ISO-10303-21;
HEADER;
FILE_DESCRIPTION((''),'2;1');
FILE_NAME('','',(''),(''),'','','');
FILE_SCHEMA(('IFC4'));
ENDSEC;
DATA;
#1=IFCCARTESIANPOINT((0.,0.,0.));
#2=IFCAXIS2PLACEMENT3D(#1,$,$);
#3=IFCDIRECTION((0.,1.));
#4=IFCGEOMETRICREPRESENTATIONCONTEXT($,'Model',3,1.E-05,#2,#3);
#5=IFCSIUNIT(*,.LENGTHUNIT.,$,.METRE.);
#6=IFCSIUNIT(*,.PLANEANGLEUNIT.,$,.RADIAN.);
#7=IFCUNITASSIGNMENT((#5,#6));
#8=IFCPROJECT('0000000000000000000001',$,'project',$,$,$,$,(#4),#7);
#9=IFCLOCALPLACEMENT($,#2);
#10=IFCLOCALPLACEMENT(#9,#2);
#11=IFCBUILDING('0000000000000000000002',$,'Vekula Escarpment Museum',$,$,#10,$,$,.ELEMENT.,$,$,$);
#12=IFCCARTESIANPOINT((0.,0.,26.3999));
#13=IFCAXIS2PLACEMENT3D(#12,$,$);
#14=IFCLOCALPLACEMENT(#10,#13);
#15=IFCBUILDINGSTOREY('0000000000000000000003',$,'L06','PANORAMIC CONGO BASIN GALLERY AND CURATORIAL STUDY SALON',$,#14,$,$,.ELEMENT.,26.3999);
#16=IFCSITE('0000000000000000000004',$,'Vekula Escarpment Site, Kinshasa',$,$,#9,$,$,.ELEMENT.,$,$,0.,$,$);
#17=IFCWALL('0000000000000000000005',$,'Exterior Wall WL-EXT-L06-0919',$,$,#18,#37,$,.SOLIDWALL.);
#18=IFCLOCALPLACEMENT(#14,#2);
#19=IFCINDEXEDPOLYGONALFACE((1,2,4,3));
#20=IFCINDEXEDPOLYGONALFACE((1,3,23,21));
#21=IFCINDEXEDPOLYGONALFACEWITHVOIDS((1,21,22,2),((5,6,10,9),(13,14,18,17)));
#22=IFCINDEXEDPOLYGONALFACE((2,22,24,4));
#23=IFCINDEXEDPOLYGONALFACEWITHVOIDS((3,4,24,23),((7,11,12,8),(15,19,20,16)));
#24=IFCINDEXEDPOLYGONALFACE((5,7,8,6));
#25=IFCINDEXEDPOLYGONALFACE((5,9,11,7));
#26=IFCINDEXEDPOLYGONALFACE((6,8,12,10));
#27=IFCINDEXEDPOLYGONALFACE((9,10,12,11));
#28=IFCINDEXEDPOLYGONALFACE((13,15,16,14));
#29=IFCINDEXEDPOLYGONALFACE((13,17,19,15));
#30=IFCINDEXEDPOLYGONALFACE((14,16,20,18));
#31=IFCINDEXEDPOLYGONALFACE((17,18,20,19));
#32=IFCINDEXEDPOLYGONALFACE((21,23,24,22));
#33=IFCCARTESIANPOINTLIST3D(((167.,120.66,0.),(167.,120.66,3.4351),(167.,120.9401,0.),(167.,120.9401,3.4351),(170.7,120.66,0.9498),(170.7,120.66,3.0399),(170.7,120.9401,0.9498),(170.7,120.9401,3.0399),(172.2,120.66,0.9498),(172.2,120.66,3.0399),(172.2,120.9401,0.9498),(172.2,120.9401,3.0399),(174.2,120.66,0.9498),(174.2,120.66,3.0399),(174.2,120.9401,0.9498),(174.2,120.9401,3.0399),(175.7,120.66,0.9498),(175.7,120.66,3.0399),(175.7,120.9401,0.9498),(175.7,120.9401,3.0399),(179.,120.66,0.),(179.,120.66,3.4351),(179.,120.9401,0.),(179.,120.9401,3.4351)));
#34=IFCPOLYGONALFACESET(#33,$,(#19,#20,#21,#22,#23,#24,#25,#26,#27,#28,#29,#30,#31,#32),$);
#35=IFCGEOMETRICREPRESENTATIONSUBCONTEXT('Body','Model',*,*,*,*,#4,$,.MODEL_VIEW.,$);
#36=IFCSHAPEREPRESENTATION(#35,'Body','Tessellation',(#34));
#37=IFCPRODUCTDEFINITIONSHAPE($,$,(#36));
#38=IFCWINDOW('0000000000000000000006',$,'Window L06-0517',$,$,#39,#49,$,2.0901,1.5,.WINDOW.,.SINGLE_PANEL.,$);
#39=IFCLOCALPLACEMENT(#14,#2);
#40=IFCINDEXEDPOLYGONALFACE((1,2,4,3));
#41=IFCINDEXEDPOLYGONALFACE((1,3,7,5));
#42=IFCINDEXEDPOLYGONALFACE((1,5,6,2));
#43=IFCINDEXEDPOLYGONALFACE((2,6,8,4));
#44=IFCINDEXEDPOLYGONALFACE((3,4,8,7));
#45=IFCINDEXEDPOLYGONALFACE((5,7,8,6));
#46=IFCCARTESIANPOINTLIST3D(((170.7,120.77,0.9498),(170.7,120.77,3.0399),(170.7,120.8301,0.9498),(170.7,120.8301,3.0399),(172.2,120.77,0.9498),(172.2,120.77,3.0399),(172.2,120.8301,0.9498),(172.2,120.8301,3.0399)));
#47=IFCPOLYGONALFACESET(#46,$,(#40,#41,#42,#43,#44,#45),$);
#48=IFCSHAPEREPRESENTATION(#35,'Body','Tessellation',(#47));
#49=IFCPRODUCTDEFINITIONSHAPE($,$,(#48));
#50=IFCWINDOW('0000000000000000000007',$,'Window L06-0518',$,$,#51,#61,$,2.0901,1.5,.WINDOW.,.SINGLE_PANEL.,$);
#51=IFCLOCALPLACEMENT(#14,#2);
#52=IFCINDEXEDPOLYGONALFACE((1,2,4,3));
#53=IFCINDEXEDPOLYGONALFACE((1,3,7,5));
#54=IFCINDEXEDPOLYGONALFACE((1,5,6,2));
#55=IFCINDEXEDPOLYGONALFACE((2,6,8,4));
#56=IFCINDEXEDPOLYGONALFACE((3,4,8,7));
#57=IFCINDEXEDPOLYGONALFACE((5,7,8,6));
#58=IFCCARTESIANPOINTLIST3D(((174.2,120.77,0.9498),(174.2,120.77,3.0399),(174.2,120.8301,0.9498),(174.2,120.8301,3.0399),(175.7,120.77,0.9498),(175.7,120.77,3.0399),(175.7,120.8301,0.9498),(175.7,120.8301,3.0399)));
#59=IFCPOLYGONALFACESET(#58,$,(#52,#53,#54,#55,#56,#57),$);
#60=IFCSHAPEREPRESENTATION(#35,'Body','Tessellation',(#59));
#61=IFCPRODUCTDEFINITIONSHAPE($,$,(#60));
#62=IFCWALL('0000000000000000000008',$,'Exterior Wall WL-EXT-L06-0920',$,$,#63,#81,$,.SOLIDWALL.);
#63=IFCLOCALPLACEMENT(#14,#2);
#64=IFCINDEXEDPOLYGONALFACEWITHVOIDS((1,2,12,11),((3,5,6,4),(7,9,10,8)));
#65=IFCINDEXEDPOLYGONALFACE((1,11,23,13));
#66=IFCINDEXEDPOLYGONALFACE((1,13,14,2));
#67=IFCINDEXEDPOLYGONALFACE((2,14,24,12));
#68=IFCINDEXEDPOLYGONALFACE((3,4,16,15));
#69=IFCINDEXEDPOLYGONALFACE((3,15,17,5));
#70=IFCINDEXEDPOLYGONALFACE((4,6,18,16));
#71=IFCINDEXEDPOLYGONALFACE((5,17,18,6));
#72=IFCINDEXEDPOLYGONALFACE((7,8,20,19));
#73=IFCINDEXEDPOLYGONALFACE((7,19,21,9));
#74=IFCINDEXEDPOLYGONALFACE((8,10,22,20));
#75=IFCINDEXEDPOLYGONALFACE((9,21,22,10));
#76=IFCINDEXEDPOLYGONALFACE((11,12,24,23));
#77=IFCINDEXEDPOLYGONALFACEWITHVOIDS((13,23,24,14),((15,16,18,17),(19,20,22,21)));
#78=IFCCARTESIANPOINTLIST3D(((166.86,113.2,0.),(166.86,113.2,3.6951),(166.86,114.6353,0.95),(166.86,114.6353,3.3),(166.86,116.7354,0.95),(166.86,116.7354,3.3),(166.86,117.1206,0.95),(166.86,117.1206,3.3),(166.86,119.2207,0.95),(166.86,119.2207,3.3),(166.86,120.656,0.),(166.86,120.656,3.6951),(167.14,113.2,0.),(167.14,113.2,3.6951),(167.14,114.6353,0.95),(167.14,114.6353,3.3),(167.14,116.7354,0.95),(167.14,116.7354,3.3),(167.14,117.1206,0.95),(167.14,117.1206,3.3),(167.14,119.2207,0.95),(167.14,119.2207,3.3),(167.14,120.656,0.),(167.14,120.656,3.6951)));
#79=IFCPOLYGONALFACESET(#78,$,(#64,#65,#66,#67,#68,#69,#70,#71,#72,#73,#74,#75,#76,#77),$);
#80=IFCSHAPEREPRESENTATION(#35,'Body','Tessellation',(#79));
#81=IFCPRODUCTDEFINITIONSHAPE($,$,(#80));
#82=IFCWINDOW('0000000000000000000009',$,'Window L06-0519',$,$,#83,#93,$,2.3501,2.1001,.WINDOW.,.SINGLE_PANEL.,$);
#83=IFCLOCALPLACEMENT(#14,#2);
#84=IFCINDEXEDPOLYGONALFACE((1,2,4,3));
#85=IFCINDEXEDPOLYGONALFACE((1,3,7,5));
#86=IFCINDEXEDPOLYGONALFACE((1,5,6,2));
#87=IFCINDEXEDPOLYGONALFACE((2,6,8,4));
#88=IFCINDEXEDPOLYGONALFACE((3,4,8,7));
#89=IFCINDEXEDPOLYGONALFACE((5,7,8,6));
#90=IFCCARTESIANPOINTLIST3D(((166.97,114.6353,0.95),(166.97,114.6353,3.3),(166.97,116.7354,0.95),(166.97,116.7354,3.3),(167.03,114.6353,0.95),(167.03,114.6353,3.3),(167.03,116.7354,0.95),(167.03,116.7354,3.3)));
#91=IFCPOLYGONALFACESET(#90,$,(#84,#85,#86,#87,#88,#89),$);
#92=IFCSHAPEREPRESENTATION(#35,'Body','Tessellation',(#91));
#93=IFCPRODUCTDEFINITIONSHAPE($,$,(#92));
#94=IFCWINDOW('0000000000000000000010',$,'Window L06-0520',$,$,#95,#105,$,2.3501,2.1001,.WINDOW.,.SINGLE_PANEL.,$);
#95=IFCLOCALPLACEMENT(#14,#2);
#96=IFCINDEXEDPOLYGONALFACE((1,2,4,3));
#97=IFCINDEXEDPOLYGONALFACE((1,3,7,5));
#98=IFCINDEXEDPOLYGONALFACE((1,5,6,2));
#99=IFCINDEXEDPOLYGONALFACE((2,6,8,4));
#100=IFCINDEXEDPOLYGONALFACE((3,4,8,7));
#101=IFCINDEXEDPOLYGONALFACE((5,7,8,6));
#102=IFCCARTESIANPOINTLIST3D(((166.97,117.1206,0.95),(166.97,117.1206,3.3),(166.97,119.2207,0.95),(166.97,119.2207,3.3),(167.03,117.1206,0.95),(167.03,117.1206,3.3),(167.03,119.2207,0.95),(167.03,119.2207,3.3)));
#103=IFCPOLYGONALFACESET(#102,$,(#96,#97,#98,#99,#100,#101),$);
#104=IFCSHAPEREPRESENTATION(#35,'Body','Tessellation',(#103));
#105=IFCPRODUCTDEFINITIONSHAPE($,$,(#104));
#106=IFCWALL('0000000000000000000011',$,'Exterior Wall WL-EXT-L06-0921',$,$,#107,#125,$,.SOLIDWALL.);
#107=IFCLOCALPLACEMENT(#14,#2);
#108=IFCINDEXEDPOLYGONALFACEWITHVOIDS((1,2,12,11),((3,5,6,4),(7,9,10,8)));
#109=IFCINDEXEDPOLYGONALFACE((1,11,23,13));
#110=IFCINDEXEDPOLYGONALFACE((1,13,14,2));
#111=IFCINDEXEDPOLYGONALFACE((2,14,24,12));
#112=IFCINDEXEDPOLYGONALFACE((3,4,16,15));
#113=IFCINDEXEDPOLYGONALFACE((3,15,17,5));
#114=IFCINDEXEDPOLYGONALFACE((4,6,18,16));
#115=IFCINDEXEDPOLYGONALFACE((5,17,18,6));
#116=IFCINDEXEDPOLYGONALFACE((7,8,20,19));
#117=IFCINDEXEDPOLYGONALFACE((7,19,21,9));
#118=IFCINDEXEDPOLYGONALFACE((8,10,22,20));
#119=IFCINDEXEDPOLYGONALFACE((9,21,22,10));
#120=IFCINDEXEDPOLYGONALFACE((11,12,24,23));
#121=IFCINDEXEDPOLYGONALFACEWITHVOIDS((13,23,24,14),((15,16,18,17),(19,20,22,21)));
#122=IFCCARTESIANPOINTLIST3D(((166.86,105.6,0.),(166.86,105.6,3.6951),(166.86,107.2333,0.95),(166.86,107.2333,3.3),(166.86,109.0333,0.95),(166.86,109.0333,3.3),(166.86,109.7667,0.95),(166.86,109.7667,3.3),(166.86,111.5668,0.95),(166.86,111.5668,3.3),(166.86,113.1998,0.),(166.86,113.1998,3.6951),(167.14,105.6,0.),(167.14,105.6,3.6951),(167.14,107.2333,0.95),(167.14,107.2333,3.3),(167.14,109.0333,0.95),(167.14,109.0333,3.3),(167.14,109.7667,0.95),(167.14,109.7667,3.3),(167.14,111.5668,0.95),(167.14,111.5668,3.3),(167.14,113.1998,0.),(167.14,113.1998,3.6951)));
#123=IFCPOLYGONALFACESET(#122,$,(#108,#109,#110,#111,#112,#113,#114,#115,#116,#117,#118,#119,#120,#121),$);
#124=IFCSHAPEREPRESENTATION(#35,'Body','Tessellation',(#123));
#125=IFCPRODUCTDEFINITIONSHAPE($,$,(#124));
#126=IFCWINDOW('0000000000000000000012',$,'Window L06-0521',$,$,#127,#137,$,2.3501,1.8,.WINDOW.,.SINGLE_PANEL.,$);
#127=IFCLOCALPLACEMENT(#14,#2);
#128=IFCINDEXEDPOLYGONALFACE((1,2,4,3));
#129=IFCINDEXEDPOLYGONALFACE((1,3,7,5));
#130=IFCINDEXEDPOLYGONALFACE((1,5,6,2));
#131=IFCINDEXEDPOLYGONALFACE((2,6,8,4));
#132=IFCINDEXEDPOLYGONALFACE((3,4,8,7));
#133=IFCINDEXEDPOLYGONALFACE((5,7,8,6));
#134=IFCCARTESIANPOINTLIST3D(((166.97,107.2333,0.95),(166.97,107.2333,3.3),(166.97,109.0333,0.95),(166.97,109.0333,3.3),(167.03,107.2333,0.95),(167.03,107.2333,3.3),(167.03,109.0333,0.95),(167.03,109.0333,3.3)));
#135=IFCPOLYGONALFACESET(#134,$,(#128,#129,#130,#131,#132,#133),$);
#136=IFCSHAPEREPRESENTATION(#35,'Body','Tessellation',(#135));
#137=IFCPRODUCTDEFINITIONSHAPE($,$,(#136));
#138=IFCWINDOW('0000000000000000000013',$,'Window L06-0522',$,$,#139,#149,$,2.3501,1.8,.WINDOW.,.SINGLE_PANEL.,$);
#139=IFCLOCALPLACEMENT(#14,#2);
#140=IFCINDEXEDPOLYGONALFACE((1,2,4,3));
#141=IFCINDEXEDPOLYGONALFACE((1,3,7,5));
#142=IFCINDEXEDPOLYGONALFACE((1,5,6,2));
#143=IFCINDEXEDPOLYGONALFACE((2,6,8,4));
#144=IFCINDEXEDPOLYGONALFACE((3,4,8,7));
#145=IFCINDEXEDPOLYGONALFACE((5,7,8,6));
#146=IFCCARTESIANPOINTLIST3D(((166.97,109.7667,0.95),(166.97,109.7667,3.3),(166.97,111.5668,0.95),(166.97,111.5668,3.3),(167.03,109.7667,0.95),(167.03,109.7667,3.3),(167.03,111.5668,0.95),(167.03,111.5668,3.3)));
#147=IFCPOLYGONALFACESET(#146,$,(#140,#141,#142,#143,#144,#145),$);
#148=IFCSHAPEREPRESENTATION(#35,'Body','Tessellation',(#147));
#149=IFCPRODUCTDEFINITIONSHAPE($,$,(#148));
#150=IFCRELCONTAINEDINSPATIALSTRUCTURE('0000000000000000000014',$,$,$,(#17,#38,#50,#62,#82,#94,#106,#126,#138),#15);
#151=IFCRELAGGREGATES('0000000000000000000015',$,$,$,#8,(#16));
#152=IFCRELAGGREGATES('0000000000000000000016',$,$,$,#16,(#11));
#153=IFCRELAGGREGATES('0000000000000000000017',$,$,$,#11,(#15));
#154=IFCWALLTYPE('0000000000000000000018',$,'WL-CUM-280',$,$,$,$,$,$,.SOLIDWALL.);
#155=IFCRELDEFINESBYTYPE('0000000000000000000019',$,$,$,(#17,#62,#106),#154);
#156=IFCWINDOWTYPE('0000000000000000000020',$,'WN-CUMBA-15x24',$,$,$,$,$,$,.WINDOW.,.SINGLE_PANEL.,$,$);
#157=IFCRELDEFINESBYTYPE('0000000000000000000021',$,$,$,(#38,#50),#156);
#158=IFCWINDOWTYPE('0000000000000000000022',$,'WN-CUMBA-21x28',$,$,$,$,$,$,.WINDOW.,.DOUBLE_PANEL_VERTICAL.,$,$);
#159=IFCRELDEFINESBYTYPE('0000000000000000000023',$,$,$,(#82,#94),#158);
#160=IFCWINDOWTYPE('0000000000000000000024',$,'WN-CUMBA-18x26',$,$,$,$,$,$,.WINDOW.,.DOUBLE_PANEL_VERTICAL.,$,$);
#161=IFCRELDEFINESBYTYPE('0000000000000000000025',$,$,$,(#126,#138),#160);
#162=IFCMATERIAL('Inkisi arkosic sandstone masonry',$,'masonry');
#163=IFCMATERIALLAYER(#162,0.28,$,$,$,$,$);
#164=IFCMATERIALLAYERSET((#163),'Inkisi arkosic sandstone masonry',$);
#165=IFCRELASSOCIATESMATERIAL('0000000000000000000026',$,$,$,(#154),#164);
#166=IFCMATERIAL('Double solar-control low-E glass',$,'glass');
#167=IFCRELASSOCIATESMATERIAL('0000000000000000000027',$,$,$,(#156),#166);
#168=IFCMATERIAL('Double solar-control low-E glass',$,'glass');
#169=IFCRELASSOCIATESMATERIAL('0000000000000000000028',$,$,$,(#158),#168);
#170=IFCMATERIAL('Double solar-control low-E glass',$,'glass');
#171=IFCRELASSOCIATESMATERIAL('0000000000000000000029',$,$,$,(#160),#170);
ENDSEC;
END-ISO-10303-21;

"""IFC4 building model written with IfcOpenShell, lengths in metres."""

from ifc_helpers import new_model, si_unit, direction, frame, frame_2d, origin, place, context, subcontext, project, spatial, rectangle, extrude, material, layer, layer_set, type_object, element, fill, save


model = new_model("IFC4")

# Units and contexts
model_context = context("Model", 3, precision=1e-05, world=origin(), true_north=direction((0.0, 1.0)))
body_context = subcontext(model_context, "Body", "Model", "MODEL_VIEW")
ifc_project = project(units=[si_unit("LENGTHUNIT", "METRE"), si_unit("PLANEANGLEUNIT", "RADIAN")], contexts=[model_context])

# Site, building, storey
site_placement = place(None, origin())
site = spatial("IfcSite", under=ifc_project, at=site_placement, Name="Vekula Escarpment Site, Kinshasa", CompositionType="ELEMENT", RefElevation=0.0)
building_placement = place(site_placement, origin())
building = spatial("IfcBuilding", under=site, at=building_placement, Name="Vekula Escarpment Museum", CompositionType="ELEMENT")
storey_placement = place(building_placement, frame((0.0, 0.0, 26.3999)))
storey = spatial("IfcBuildingStorey", under=building, at=storey_placement, Name="L06", Description="PANORAMIC CONGO BASIN GALLERY AND CURATORIAL STUDY SALON", CompositionType="ELEMENT", Elevation=26.3999)

# Walls, openings, windows
ifc_material_1 = material(Name="Inkisi arkosic sandstone masonry", Category="masonry")
ifc_layer = layer(ifc_material_1, 0.28)
ifc_layer_set = layer_set([ifc_layer], Name="Inkisi arkosic sandstone masonry")
wall_type = type_object("IfcWallType", Name="WL-CUM-280", PredefinedType="SOLIDWALL", material=ifc_layer_set)
wall_1_placement = place(storey_placement, frame((167.0, 120.8, 0.0), z_axis=(0.0, 0.0, 1.0), x_axis=(1.0, 0.0, 0.0)))
wall_1 = element("IfcWall", 1, at=wall_1_placement, inside=storey, type_object=wall_type, Name="Exterior Wall WL-EXT-L06-0919", PredefinedType="SOLIDWALL", context=body_context, shape_type="SweptSolid", body=[
    extrude(rectangle(XDim=12.0, YDim=0.28, at=frame_2d((6.0, 0.0))), origin(), (0.0, 0.0, 1.0), 3.4351),
])
opening_1_placement = place(wall_1_placement, frame((3.7, 0.0, 0.95)))
opening_1 = element("IfcOpeningElement", 2, at=opening_1_placement, cuts=wall_1, PredefinedType="OPENING", context=body_context, shape_type="SweptSolid", body=[
    extrude(rectangle(XDim=1.5, YDim=2.0901, at=frame_2d((0.75, 1.0449))), frame((0.0, 0.1499, 0.0), z_axis=(0.0, -1.0, 0.0), x_axis=(1.0, 0.0, 0.0)), (0.0, 0.0, 1.0), 0.3),
])
opening_2_placement = place(wall_1_placement, frame((7.2, 0.0, 0.95)))
opening_2 = element("IfcOpeningElement", 3, at=opening_2_placement, cuts=wall_1, PredefinedType="OPENING", context=body_context, shape_type="SweptSolid", body=[
    extrude(rectangle(XDim=1.5, YDim=2.0901, at=frame_2d((0.75, 1.0449))), frame((0.0, 0.1499, 0.0), z_axis=(0.0, -1.0, 0.0), x_axis=(1.0, 0.0, 0.0)), (0.0, 0.0, 1.0), 0.3),
])
ifc_material_2 = material(Name="Double solar-control low-E glass", Category="glass")
window_type_1 = type_object("IfcWindowType", Name="WN-CUMBA-15x24", PartitioningType="SINGLE_PANEL", PredefinedType="WINDOW", material=ifc_material_2)
window_1_placement = place(opening_1_placement, origin())
window_1 = element("IfcWindow", 4, at=window_1_placement, inside=storey, type_object=window_type_1, Name="Window L06-0517", OverallHeight=2.0901, OverallWidth=1.5, PartitioningType="SINGLE_PANEL", PredefinedType="WINDOW", context=body_context, shape_type="SweptSolid", body=[
    extrude(rectangle(XDim=1.5, YDim=2.0901, at=frame_2d((0.75, 1.0449))), frame((0.0, 0.03, 0.0), z_axis=(0.0, -1.0, 0.0), x_axis=(1.0, 0.0, 0.0)), (0.0, 0.0, 1.0), 0.0601),
])
fill(opening_1, window_1)
window_2_placement = place(opening_2_placement, origin())
window_2 = element("IfcWindow", 5, at=window_2_placement, inside=storey, type_object=window_type_1, Name="Window L06-0518", OverallHeight=2.0901, OverallWidth=1.5, PartitioningType="SINGLE_PANEL", PredefinedType="WINDOW", context=body_context, shape_type="SweptSolid", body=[
    extrude(rectangle(XDim=1.5, YDim=2.0901, at=frame_2d((0.75, 1.0449))), frame((0.0, 0.03, 0.0), z_axis=(0.0, -1.0, 0.0), x_axis=(1.0, 0.0, 0.0)), (0.0, 0.0, 1.0), 0.0601),
])
fill(opening_2, window_2)
wall_2_placement = place(storey_placement, frame((167.0, 113.2, 0.0), z_axis=(0.0, 0.0, 1.0), x_axis=(0.0, 1.0, 0.0)))
wall_2 = element("IfcWall", 6, at=wall_2_placement, inside=storey, type_object=wall_type, Name="Exterior Wall WL-EXT-L06-0920", PredefinedType="SOLIDWALL", context=body_context, shape_type="SweptSolid", body=[
    extrude(rectangle(XDim=7.4561, YDim=0.28, at=frame_2d((3.728, 0.0))), origin(), (0.0, 0.0, 1.0), 3.6951),
])
opening_3_placement = place(wall_2_placement, frame((1.4353, 0.0, 0.95)))
opening_3 = element("IfcOpeningElement", 7, at=opening_3_placement, cuts=wall_2, PredefinedType="OPENING", context=body_context, shape_type="SweptSolid", body=[
    extrude(rectangle(XDim=2.1001, YDim=2.3501, at=frame_2d((1.05, 1.175))), frame((0.0, 0.1499, 0.0), z_axis=(0.0, -1.0, 0.0), x_axis=(1.0, 0.0, 0.0)), (0.0, 0.0, 1.0), 0.3),
])
opening_4_placement = place(wall_2_placement, frame((3.9207, 0.0, 0.95)))
opening_4 = element("IfcOpeningElement", 8, at=opening_4_placement, cuts=wall_2, PredefinedType="OPENING", context=body_context, shape_type="SweptSolid", body=[
    extrude(rectangle(XDim=2.1001, YDim=2.3501, at=frame_2d((1.05, 1.175))), frame((0.0, 0.1499, 0.0), z_axis=(0.0, -1.0, 0.0), x_axis=(1.0, 0.0, 0.0)), (0.0, 0.0, 1.0), 0.3),
])
ifc_material_3 = material(Name="Double solar-control low-E glass", Category="glass")
window_type_2 = type_object("IfcWindowType", Name="WN-CUMBA-21x28", PartitioningType="DOUBLE_PANEL_VERTICAL", PredefinedType="WINDOW", material=ifc_material_3)
window_3_placement = place(opening_3_placement, origin())
window_3 = element("IfcWindow", 9, at=window_3_placement, inside=storey, type_object=window_type_2, Name="Window L06-0519", OverallHeight=2.3501, OverallWidth=2.1001, PartitioningType="SINGLE_PANEL", PredefinedType="WINDOW", context=body_context, shape_type="SweptSolid", body=[
    extrude(rectangle(XDim=2.1001, YDim=2.3501, at=frame_2d((1.05, 1.175))), frame((0.0, 0.03, 0.0), z_axis=(0.0, -1.0, 0.0), x_axis=(1.0, 0.0, 0.0)), (0.0, 0.0, 1.0), 0.0601),
])
fill(opening_3, window_3)
window_4_placement = place(opening_4_placement, origin())
window_4 = element("IfcWindow", 10, at=window_4_placement, inside=storey, type_object=window_type_2, Name="Window L06-0520", OverallHeight=2.3501, OverallWidth=2.1001, PartitioningType="SINGLE_PANEL", PredefinedType="WINDOW", context=body_context, shape_type="SweptSolid", body=[
    extrude(rectangle(XDim=2.1001, YDim=2.3501, at=frame_2d((1.05, 1.175))), frame((0.0, 0.03, 0.0), z_axis=(0.0, -1.0, 0.0), x_axis=(1.0, 0.0, 0.0)), (0.0, 0.0, 1.0), 0.0601),
])
fill(opening_4, window_4)
wall_3_placement = place(storey_placement, frame((167.0, 105.6001, 0.0), z_axis=(0.0, 0.0, 1.0), x_axis=(0.0, 1.0, 0.0)))
wall_3 = element("IfcWall", 11, at=wall_3_placement, inside=storey, type_object=wall_type, Name="Exterior Wall WL-EXT-L06-0921", PredefinedType="SOLIDWALL", context=body_context, shape_type="SweptSolid", body=[
    extrude(rectangle(XDim=7.5999, YDim=0.28, at=frame_2d((3.7998, 0.0))), origin(), (0.0, 0.0, 1.0), 3.6951),
])
opening_5_placement = place(wall_3_placement, frame((1.6333, 0.0, 0.95)))
opening_5 = element("IfcOpeningElement", 12, at=opening_5_placement, cuts=wall_3, PredefinedType="OPENING", context=body_context, shape_type="SweptSolid", body=[
    extrude(rectangle(XDim=1.8, YDim=2.3501, at=frame_2d((0.8999, 1.175))), frame((0.0, 0.1499, 0.0), z_axis=(0.0, -1.0, 0.0), x_axis=(1.0, 0.0, 0.0)), (0.0, 0.0, 1.0), 0.3),
])
opening_6_placement = place(wall_3_placement, frame((4.1667, 0.0, 0.95)))
opening_6 = element("IfcOpeningElement", 13, at=opening_6_placement, cuts=wall_3, PredefinedType="OPENING", context=body_context, shape_type="SweptSolid", body=[
    extrude(rectangle(XDim=1.8, YDim=2.3501, at=frame_2d((0.8999, 1.175))), frame((0.0, 0.1499, 0.0), z_axis=(0.0, -1.0, 0.0), x_axis=(1.0, 0.0, 0.0)), (0.0, 0.0, 1.0), 0.3),
])
ifc_material_4 = material(Name="Double solar-control low-E glass", Category="glass")
window_type_3 = type_object("IfcWindowType", Name="WN-CUMBA-18x26", PartitioningType="DOUBLE_PANEL_VERTICAL", PredefinedType="WINDOW", material=ifc_material_4)
window_5_placement = place(opening_5_placement, origin())
window_5 = element("IfcWindow", 14, at=window_5_placement, inside=storey, type_object=window_type_3, Name="Window L06-0521", OverallHeight=2.3501, OverallWidth=1.8, PartitioningType="SINGLE_PANEL", PredefinedType="WINDOW", context=body_context, shape_type="SweptSolid", body=[
    extrude(rectangle(XDim=1.8, YDim=2.3501, at=frame_2d((0.8999, 1.175))), frame((0.0, 0.03, 0.0), z_axis=(0.0, -1.0, 0.0), x_axis=(1.0, 0.0, 0.0)), (0.0, 0.0, 1.0), 0.0601),
])
fill(opening_5, window_5)
window_6_placement = place(opening_6_placement, origin())
window_6 = element("IfcWindow", 15, at=window_6_placement, inside=storey, type_object=window_type_3, Name="Window L06-0522", OverallHeight=2.3501, OverallWidth=1.8, PartitioningType="SINGLE_PANEL", PredefinedType="WINDOW", context=body_context, shape_type="SweptSolid", body=[
    extrude(rectangle(XDim=1.8, YDim=2.3501, at=frame_2d((0.8999, 1.175))), frame((0.0, 0.03, 0.0), z_axis=(0.0, -1.0, 0.0), x_axis=(1.0, 0.0, 0.0)), (0.0, 0.0, 1.0), 0.0601),
])
fill(opening_6, window_6)

save(model, "model.ifc")
